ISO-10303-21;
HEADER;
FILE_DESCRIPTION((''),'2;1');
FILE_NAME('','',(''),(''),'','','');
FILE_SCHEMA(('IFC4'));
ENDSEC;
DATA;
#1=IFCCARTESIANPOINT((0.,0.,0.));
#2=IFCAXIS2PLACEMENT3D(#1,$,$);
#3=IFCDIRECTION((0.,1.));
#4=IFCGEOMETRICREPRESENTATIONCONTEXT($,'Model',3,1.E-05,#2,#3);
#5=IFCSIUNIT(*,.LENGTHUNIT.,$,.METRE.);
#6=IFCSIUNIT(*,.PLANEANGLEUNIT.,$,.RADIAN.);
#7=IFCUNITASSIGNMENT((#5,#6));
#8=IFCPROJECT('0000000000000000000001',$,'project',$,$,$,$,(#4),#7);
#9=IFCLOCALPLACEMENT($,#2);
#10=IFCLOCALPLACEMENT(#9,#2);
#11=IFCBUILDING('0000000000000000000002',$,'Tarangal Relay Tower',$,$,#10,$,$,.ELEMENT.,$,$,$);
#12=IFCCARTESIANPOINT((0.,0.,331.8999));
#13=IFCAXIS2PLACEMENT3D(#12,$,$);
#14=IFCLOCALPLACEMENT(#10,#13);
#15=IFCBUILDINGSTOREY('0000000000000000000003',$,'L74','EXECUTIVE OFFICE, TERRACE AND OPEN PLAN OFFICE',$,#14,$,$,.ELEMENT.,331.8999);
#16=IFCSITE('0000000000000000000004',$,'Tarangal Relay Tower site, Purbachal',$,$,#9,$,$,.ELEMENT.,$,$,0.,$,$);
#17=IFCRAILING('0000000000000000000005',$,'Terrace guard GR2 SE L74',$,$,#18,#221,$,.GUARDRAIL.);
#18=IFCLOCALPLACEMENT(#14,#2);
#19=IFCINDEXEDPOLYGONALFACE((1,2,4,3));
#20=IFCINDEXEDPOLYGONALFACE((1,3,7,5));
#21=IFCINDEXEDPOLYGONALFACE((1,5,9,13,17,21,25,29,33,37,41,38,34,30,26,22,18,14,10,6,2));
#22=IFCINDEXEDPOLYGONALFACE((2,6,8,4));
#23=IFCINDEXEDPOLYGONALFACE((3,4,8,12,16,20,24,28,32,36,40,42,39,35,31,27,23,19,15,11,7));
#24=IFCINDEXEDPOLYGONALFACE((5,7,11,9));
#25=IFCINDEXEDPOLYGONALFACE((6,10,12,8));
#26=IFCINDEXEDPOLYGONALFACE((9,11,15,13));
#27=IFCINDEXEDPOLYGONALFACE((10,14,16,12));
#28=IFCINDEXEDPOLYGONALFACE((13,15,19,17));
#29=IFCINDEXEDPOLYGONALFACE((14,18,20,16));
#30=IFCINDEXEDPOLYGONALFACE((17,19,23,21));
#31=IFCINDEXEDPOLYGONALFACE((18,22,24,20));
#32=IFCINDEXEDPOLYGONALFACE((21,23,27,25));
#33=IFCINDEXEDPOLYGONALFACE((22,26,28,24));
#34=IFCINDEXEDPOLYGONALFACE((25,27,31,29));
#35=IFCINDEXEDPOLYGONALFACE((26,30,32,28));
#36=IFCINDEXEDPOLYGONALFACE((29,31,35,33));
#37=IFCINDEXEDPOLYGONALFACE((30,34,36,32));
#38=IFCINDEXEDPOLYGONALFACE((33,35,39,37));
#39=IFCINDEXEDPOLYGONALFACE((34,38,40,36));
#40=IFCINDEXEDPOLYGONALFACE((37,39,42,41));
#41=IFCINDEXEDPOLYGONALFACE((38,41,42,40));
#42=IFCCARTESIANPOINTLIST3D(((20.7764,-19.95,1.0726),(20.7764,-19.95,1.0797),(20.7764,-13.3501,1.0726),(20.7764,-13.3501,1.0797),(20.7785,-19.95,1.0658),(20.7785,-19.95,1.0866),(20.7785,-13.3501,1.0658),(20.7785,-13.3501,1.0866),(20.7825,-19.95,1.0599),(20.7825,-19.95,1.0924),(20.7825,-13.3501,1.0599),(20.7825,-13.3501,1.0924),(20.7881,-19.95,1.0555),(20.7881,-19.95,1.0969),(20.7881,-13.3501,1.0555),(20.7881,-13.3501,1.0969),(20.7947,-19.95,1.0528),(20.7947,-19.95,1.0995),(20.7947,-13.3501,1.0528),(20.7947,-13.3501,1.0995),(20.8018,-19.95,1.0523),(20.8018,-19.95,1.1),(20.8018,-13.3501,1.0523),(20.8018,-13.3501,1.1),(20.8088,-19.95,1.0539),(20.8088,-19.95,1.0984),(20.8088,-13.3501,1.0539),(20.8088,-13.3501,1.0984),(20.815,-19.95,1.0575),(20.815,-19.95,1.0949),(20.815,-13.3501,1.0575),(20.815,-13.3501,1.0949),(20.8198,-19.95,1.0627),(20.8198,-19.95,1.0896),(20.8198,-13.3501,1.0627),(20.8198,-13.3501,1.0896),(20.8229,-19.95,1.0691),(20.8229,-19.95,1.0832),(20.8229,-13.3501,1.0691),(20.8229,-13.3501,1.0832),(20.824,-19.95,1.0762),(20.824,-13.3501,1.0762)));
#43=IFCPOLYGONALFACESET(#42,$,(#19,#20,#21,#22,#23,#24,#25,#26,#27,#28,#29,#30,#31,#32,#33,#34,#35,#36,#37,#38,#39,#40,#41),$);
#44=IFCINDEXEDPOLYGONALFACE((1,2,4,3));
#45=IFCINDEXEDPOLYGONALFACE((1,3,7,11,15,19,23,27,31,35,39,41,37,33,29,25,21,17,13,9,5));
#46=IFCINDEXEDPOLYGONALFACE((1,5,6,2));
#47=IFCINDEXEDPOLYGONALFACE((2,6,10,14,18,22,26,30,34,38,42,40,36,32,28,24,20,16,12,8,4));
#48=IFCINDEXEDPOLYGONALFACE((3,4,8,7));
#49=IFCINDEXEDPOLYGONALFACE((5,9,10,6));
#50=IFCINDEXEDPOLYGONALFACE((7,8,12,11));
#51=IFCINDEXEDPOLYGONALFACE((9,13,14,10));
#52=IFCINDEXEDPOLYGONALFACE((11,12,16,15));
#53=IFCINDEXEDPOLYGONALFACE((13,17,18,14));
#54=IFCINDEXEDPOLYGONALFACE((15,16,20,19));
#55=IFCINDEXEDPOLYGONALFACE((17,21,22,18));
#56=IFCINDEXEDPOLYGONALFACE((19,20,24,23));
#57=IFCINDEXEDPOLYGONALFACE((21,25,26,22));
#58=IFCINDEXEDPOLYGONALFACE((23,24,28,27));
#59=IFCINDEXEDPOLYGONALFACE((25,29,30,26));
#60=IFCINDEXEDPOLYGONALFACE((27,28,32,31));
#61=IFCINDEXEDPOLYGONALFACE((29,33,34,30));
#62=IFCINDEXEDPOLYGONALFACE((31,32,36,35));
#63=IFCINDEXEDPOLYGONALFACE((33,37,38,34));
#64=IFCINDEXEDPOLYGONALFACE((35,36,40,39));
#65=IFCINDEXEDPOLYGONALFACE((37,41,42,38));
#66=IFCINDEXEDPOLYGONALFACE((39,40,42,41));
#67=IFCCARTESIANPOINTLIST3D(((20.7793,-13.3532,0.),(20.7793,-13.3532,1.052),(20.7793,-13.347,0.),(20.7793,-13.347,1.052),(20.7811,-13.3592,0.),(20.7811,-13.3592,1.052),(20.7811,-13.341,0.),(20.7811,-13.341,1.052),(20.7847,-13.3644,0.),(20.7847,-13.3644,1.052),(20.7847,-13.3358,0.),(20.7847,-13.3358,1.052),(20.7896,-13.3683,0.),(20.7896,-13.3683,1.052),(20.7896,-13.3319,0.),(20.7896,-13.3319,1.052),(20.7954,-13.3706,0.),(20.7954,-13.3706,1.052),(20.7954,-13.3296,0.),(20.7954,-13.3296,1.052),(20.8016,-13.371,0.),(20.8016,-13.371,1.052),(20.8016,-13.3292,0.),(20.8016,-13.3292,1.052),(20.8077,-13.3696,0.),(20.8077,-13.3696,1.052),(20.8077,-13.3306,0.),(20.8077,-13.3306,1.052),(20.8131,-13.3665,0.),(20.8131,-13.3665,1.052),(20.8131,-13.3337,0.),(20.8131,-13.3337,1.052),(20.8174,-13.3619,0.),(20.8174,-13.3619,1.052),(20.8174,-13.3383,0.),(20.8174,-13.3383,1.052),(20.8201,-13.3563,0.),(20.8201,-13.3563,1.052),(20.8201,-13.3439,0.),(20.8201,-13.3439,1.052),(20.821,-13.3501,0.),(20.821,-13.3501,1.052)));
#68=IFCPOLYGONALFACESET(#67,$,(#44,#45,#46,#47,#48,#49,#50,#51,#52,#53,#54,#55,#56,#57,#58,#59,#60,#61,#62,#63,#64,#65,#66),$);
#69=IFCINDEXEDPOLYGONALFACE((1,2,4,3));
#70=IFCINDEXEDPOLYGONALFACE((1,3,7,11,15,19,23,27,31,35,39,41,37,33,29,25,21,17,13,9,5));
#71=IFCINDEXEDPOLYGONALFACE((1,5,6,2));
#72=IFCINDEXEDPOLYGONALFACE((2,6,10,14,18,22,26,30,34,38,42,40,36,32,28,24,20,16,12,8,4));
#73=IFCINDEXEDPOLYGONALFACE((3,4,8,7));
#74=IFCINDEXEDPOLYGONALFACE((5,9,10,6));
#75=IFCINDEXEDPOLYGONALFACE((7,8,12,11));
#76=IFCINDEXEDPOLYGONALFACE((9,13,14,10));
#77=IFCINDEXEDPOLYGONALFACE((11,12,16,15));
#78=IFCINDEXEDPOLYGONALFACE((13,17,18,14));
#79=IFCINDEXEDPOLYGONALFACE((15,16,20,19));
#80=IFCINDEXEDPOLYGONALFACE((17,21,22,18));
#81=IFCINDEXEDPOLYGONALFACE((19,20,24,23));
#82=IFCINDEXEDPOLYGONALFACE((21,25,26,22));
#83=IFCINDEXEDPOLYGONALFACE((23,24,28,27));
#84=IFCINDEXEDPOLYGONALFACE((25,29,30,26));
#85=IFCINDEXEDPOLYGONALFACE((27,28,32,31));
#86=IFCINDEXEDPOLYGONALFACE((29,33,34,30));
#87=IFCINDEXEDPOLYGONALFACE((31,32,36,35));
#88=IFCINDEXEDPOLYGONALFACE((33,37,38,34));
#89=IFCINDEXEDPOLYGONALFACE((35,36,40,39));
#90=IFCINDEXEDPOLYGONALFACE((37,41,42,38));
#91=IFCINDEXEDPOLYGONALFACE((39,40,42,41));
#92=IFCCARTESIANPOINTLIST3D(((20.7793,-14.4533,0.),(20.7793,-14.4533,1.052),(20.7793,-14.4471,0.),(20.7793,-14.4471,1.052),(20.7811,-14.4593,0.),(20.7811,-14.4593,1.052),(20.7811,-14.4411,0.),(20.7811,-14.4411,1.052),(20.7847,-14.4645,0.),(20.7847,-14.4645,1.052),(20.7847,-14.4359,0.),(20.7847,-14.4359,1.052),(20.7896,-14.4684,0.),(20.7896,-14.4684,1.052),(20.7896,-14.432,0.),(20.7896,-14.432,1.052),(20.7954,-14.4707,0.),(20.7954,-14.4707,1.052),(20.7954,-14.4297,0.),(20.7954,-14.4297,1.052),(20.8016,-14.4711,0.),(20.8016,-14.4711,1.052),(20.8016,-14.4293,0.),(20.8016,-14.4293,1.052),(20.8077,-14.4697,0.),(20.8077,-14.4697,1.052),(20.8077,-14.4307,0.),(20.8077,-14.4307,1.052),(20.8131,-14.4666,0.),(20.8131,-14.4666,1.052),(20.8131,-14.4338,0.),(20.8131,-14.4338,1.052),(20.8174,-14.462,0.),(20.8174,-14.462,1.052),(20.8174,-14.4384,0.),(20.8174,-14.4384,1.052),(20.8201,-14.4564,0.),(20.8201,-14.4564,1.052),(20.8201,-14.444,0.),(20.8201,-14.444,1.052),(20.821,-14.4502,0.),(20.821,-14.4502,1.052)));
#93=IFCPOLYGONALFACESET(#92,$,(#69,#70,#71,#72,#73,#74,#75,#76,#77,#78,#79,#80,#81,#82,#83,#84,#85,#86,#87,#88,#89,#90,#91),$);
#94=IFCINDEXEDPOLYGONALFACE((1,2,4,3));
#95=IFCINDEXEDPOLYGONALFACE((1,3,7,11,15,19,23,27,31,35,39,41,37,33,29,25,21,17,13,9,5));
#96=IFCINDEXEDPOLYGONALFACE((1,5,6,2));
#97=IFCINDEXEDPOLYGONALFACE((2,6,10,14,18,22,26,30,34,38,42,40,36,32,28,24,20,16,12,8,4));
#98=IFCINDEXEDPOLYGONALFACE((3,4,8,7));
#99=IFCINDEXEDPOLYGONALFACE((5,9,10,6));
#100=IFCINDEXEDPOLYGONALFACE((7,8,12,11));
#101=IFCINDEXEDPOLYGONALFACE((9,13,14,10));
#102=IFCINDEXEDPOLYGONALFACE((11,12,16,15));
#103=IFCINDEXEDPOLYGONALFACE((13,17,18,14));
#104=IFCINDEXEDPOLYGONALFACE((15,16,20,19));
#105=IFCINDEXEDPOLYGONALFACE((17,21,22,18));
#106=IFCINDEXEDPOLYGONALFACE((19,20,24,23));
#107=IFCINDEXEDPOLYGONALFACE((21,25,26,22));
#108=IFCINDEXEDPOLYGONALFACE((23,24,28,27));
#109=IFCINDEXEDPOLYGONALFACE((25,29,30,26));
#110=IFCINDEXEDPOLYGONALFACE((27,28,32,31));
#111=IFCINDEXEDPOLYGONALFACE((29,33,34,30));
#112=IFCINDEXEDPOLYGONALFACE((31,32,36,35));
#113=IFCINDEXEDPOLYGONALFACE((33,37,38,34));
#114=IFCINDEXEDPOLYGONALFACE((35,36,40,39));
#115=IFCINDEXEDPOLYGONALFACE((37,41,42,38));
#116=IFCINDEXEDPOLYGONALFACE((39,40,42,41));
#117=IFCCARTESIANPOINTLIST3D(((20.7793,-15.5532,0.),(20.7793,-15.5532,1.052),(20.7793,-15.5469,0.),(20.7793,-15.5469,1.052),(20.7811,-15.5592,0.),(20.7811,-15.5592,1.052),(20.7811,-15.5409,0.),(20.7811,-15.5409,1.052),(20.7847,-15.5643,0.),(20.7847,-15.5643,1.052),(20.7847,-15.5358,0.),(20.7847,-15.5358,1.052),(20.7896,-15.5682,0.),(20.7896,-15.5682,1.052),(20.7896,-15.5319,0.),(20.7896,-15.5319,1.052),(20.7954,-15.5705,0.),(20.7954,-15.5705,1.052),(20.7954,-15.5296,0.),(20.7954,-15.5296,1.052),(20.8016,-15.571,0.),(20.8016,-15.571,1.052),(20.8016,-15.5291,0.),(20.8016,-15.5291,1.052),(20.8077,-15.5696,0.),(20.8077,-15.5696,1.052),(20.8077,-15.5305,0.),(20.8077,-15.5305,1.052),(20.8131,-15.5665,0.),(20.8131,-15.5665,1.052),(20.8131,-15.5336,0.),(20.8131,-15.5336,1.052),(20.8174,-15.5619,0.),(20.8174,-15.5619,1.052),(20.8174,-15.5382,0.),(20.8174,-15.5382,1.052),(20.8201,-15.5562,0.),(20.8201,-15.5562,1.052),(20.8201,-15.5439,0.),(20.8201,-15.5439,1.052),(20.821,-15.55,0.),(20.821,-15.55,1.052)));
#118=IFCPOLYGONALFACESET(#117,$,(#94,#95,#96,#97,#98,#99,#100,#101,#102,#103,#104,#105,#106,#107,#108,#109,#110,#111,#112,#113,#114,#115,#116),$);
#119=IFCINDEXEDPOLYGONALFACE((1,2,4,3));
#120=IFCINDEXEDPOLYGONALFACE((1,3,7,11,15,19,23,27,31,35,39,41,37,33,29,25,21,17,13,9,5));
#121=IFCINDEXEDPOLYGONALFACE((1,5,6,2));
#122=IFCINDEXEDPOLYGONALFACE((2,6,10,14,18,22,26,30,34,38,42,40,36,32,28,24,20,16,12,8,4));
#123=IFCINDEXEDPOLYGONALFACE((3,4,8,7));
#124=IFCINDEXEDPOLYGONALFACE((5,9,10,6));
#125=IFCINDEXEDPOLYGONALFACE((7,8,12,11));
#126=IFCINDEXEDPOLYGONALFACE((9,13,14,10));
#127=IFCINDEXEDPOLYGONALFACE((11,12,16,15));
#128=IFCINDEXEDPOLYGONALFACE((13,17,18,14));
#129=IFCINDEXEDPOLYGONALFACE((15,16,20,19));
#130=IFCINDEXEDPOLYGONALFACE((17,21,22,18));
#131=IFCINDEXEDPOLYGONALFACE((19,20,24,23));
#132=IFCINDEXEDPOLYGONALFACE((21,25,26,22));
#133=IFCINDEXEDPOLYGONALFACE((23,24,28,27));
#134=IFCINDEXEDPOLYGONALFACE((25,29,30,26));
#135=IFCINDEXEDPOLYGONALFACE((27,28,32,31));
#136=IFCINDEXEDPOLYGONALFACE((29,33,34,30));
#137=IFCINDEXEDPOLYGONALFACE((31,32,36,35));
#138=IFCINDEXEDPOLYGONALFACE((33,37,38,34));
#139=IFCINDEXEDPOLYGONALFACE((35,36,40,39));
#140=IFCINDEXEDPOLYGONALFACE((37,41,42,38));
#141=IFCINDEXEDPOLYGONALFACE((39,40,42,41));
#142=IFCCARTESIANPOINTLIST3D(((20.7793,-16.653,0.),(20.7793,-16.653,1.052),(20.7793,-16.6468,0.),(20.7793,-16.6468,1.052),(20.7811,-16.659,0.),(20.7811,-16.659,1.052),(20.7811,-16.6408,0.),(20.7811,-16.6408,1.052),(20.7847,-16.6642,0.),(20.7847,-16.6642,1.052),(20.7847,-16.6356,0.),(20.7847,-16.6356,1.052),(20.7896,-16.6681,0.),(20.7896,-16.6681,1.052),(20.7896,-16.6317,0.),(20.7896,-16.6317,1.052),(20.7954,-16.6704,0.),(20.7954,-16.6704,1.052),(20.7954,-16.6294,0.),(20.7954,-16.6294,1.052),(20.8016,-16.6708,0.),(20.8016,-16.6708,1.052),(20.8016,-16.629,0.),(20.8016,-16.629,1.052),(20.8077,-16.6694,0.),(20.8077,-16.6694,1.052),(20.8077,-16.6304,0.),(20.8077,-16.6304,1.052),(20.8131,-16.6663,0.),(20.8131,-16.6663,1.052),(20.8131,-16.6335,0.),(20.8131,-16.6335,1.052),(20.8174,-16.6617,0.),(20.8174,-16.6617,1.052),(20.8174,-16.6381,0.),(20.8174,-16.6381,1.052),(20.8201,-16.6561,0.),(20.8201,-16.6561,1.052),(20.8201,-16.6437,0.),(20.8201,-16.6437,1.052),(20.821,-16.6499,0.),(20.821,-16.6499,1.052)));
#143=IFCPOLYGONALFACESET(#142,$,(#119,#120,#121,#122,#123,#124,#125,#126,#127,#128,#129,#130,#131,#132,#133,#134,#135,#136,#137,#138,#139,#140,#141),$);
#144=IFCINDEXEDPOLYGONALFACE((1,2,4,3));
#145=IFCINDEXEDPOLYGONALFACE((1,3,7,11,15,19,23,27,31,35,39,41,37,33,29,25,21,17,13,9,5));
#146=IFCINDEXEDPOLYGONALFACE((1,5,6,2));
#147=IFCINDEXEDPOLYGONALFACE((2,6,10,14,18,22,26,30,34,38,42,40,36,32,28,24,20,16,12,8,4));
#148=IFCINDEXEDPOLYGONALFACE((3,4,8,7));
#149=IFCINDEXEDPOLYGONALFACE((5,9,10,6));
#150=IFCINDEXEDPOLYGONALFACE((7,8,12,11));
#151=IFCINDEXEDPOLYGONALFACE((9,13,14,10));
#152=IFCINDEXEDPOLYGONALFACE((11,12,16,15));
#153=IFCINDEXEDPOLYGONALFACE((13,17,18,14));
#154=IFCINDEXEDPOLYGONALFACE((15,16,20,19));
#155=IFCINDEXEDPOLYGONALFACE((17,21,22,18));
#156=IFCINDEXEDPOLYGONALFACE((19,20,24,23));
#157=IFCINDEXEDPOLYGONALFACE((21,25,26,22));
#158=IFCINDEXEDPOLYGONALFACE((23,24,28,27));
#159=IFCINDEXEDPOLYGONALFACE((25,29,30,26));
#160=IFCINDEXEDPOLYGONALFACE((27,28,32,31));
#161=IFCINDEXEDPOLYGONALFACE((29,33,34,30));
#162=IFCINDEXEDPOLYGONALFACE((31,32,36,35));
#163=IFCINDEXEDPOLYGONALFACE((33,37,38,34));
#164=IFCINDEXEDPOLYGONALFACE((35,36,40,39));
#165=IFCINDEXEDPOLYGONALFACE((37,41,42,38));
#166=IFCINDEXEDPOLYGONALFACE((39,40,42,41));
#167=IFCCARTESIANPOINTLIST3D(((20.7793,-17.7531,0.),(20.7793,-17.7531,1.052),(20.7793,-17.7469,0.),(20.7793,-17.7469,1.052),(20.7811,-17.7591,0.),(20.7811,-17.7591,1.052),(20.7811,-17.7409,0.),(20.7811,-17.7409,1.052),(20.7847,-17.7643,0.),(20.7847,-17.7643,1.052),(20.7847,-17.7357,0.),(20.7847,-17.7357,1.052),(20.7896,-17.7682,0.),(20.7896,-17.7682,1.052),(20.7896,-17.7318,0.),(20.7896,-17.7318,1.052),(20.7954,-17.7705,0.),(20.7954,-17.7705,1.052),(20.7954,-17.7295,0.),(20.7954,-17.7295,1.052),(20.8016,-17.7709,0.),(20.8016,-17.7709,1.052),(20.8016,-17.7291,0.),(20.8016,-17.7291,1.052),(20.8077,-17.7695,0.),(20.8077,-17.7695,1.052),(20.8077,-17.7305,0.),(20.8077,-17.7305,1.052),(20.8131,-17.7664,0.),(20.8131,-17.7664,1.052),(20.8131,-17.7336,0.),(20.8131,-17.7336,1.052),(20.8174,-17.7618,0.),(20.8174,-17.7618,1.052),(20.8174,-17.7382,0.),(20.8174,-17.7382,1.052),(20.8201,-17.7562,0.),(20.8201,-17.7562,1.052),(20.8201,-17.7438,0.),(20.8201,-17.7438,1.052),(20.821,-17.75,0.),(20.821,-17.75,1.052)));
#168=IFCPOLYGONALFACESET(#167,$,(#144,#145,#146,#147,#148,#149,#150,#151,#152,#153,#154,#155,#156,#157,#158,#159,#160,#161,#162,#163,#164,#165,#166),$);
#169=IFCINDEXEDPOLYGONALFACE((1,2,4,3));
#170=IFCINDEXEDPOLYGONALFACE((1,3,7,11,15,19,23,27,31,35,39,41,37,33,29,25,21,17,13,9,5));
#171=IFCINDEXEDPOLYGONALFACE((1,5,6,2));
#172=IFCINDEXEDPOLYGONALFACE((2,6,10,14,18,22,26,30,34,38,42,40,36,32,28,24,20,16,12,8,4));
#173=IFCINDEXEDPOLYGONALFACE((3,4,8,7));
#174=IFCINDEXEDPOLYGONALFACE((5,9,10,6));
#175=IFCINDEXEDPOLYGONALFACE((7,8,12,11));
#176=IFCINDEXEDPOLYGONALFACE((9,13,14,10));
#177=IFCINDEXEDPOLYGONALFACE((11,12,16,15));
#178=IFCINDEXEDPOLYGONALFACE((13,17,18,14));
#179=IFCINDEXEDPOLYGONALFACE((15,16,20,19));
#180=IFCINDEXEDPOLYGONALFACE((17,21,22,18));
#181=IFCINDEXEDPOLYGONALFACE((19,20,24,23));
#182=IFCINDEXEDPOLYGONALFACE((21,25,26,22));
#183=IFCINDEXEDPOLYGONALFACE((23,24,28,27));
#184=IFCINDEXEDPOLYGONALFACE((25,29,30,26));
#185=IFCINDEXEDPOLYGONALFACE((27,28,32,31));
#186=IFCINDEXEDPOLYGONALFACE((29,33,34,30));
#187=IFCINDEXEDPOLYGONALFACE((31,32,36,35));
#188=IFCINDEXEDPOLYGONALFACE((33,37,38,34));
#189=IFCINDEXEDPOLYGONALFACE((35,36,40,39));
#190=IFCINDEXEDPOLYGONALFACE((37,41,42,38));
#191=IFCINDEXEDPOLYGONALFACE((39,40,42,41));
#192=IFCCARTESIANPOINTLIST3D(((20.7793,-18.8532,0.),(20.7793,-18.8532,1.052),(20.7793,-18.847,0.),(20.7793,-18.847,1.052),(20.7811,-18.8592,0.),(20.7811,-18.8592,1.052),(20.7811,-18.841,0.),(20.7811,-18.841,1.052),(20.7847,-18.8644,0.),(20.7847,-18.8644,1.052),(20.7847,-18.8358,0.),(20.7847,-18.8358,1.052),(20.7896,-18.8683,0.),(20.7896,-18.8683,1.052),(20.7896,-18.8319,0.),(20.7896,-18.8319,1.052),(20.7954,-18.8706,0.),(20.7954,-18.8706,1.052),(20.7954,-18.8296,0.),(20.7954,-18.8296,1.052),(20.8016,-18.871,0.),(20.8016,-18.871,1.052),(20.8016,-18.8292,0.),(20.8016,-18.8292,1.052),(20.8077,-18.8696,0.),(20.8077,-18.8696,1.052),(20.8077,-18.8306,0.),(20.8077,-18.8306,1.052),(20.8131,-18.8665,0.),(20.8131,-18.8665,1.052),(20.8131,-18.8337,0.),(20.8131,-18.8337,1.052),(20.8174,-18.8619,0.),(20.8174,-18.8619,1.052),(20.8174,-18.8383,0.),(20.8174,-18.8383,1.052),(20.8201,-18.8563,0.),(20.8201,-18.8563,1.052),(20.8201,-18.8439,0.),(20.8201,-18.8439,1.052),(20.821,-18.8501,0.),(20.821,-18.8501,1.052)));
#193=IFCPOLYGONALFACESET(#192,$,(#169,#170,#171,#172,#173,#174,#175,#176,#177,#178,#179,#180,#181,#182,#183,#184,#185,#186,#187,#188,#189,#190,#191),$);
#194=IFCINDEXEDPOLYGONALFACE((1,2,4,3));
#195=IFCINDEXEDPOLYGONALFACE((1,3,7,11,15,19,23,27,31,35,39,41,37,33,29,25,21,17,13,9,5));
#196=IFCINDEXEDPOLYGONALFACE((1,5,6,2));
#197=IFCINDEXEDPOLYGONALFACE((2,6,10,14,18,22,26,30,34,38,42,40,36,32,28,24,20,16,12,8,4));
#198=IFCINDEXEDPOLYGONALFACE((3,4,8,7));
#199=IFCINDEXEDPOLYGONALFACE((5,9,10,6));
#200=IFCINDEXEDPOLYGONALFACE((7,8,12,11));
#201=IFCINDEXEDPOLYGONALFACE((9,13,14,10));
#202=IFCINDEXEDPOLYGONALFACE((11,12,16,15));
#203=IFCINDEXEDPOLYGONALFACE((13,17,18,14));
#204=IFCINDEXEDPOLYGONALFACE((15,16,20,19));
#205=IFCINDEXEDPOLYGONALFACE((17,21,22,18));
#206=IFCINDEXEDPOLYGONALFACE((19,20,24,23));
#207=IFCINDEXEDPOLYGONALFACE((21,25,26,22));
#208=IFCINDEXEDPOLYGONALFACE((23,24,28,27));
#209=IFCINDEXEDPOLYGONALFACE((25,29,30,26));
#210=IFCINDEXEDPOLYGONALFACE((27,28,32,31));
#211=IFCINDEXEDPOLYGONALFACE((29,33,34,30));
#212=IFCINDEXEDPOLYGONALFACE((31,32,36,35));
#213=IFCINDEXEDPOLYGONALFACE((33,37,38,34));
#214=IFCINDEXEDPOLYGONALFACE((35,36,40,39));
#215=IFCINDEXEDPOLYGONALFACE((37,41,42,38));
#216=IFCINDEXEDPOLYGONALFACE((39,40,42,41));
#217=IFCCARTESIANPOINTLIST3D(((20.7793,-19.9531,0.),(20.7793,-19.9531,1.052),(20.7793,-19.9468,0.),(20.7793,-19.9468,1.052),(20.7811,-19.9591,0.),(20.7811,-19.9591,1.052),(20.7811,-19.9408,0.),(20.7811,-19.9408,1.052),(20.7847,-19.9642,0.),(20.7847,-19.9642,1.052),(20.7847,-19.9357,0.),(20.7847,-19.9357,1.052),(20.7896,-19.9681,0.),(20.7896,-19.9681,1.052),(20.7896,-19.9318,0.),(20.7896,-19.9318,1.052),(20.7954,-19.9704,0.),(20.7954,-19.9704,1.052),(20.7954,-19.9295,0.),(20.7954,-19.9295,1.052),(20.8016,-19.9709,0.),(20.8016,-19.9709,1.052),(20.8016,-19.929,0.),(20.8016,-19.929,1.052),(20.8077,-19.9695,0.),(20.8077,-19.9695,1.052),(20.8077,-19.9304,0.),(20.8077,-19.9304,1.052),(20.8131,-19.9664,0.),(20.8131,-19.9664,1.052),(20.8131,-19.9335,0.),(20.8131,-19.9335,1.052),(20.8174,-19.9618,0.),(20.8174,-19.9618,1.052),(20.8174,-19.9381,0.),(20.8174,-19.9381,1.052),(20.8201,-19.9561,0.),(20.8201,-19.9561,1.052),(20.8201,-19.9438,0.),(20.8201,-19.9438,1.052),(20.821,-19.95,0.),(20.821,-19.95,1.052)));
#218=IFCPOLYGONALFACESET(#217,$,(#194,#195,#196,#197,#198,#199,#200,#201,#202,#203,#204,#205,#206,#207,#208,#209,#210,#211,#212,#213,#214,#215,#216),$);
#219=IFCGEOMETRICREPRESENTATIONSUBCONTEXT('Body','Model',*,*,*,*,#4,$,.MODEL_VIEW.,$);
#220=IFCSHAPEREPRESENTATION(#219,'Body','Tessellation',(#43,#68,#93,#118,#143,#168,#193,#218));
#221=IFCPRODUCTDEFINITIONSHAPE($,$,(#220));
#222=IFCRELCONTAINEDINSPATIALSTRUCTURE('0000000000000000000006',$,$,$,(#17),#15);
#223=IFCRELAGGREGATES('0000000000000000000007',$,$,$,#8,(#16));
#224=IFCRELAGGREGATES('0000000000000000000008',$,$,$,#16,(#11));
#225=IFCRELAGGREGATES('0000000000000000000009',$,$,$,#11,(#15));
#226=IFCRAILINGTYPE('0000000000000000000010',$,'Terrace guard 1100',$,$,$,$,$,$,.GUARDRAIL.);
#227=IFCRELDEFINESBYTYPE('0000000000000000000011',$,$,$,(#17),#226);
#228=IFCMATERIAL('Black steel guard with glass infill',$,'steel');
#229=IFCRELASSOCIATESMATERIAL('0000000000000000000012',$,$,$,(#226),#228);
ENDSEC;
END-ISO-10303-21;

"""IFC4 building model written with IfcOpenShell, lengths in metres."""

from ifc_helpers import new_model, si_unit, direction, frame, origin, origin_2d, place, context, subcontext, project, spatial, circle, extrude, material, type_object, element, save


model = new_model("IFC4")

# Units and contexts
model_context = context("Model", 3, precision=1e-05, world=origin(), true_north=direction((0.0, 1.0)))
body_context = subcontext(model_context, "Body", "Model", "MODEL_VIEW")
ifc_project = project(units=[si_unit("LENGTHUNIT", "METRE"), si_unit("PLANEANGLEUNIT", "RADIAN")], contexts=[model_context])

# Site, building, storey
site_placement = place(None, origin())
site = spatial("IfcSite", under=ifc_project, at=site_placement, Name="Tarangal Relay Tower site, Purbachal", CompositionType="ELEMENT", RefElevation=0.0)
building_placement = place(site_placement, origin())
building = spatial("IfcBuilding", under=site, at=building_placement, Name="Tarangal Relay Tower", CompositionType="ELEMENT")
storey_placement = place(building_placement, frame((0.0, 0.0, 331.8999)))
storey = spatial("IfcBuildingStorey", under=building, at=storey_placement, Name="L74", Description="EXECUTIVE OFFICE, TERRACE AND OPEN PLAN OFFICE", CompositionType="ELEMENT", Elevation=331.8999)

# Railing
ifc_material_1 = material(Name="Black steel guard with glass infill", Category="steel")
railing_type = type_object("IfcRailingType", Name="Terrace guard 1100", PredefinedType="GUARDRAIL", material=ifc_material_1)
railing_1_placement = place(storey_placement, frame((20.8, -13.3501, 0.0)))
element("IfcRailing", 1, at=railing_1_placement, inside=storey, type_object=railing_type, Name="Terrace guard GR2 SE L74", PredefinedType="GUARDRAIL", context=body_context, shape_type="SweptSolid", body=[
    extrude(circle(Radius=0.0239, at=origin_2d()), frame((0.0, 0.0, 1.0762), z_axis=(0.0, -1.0, 0.0), x_axis=(1.0, 0.0, 0.0)), (0.0, 0.0, 1.0), 6.5999),
    extrude(circle(Radius=0.021, at=origin_2d()), origin(), (0.0, 0.0, 1.0), 1.052),
    extrude(circle(Radius=0.021, at=origin_2d()), frame((0.0, -1.1001, 0.0)), (0.0, 0.0, 1.0), 1.052),
    extrude(circle(Radius=0.021, at=origin_2d()), frame((0.0, -2.2, 0.0)), (0.0, 0.0, 1.0), 1.052),
    extrude(circle(Radius=0.021, at=origin_2d()), frame((0.0, -3.2998, 0.0)), (0.0, 0.0, 1.0), 1.052),
    extrude(circle(Radius=0.021, at=origin_2d()), frame((0.0, -4.3999, 0.0)), (0.0, 0.0, 1.0), 1.052),
    extrude(circle(Radius=0.021, at=origin_2d()), frame((0.0, -5.5, 0.0)), (0.0, 0.0, 1.0), 1.052),
    extrude(circle(Radius=0.021, at=origin_2d()), frame((0.0, -6.5999, 0.0)), (0.0, 0.0, 1.0), 1.052),
])

save(model, "model.ifc")
